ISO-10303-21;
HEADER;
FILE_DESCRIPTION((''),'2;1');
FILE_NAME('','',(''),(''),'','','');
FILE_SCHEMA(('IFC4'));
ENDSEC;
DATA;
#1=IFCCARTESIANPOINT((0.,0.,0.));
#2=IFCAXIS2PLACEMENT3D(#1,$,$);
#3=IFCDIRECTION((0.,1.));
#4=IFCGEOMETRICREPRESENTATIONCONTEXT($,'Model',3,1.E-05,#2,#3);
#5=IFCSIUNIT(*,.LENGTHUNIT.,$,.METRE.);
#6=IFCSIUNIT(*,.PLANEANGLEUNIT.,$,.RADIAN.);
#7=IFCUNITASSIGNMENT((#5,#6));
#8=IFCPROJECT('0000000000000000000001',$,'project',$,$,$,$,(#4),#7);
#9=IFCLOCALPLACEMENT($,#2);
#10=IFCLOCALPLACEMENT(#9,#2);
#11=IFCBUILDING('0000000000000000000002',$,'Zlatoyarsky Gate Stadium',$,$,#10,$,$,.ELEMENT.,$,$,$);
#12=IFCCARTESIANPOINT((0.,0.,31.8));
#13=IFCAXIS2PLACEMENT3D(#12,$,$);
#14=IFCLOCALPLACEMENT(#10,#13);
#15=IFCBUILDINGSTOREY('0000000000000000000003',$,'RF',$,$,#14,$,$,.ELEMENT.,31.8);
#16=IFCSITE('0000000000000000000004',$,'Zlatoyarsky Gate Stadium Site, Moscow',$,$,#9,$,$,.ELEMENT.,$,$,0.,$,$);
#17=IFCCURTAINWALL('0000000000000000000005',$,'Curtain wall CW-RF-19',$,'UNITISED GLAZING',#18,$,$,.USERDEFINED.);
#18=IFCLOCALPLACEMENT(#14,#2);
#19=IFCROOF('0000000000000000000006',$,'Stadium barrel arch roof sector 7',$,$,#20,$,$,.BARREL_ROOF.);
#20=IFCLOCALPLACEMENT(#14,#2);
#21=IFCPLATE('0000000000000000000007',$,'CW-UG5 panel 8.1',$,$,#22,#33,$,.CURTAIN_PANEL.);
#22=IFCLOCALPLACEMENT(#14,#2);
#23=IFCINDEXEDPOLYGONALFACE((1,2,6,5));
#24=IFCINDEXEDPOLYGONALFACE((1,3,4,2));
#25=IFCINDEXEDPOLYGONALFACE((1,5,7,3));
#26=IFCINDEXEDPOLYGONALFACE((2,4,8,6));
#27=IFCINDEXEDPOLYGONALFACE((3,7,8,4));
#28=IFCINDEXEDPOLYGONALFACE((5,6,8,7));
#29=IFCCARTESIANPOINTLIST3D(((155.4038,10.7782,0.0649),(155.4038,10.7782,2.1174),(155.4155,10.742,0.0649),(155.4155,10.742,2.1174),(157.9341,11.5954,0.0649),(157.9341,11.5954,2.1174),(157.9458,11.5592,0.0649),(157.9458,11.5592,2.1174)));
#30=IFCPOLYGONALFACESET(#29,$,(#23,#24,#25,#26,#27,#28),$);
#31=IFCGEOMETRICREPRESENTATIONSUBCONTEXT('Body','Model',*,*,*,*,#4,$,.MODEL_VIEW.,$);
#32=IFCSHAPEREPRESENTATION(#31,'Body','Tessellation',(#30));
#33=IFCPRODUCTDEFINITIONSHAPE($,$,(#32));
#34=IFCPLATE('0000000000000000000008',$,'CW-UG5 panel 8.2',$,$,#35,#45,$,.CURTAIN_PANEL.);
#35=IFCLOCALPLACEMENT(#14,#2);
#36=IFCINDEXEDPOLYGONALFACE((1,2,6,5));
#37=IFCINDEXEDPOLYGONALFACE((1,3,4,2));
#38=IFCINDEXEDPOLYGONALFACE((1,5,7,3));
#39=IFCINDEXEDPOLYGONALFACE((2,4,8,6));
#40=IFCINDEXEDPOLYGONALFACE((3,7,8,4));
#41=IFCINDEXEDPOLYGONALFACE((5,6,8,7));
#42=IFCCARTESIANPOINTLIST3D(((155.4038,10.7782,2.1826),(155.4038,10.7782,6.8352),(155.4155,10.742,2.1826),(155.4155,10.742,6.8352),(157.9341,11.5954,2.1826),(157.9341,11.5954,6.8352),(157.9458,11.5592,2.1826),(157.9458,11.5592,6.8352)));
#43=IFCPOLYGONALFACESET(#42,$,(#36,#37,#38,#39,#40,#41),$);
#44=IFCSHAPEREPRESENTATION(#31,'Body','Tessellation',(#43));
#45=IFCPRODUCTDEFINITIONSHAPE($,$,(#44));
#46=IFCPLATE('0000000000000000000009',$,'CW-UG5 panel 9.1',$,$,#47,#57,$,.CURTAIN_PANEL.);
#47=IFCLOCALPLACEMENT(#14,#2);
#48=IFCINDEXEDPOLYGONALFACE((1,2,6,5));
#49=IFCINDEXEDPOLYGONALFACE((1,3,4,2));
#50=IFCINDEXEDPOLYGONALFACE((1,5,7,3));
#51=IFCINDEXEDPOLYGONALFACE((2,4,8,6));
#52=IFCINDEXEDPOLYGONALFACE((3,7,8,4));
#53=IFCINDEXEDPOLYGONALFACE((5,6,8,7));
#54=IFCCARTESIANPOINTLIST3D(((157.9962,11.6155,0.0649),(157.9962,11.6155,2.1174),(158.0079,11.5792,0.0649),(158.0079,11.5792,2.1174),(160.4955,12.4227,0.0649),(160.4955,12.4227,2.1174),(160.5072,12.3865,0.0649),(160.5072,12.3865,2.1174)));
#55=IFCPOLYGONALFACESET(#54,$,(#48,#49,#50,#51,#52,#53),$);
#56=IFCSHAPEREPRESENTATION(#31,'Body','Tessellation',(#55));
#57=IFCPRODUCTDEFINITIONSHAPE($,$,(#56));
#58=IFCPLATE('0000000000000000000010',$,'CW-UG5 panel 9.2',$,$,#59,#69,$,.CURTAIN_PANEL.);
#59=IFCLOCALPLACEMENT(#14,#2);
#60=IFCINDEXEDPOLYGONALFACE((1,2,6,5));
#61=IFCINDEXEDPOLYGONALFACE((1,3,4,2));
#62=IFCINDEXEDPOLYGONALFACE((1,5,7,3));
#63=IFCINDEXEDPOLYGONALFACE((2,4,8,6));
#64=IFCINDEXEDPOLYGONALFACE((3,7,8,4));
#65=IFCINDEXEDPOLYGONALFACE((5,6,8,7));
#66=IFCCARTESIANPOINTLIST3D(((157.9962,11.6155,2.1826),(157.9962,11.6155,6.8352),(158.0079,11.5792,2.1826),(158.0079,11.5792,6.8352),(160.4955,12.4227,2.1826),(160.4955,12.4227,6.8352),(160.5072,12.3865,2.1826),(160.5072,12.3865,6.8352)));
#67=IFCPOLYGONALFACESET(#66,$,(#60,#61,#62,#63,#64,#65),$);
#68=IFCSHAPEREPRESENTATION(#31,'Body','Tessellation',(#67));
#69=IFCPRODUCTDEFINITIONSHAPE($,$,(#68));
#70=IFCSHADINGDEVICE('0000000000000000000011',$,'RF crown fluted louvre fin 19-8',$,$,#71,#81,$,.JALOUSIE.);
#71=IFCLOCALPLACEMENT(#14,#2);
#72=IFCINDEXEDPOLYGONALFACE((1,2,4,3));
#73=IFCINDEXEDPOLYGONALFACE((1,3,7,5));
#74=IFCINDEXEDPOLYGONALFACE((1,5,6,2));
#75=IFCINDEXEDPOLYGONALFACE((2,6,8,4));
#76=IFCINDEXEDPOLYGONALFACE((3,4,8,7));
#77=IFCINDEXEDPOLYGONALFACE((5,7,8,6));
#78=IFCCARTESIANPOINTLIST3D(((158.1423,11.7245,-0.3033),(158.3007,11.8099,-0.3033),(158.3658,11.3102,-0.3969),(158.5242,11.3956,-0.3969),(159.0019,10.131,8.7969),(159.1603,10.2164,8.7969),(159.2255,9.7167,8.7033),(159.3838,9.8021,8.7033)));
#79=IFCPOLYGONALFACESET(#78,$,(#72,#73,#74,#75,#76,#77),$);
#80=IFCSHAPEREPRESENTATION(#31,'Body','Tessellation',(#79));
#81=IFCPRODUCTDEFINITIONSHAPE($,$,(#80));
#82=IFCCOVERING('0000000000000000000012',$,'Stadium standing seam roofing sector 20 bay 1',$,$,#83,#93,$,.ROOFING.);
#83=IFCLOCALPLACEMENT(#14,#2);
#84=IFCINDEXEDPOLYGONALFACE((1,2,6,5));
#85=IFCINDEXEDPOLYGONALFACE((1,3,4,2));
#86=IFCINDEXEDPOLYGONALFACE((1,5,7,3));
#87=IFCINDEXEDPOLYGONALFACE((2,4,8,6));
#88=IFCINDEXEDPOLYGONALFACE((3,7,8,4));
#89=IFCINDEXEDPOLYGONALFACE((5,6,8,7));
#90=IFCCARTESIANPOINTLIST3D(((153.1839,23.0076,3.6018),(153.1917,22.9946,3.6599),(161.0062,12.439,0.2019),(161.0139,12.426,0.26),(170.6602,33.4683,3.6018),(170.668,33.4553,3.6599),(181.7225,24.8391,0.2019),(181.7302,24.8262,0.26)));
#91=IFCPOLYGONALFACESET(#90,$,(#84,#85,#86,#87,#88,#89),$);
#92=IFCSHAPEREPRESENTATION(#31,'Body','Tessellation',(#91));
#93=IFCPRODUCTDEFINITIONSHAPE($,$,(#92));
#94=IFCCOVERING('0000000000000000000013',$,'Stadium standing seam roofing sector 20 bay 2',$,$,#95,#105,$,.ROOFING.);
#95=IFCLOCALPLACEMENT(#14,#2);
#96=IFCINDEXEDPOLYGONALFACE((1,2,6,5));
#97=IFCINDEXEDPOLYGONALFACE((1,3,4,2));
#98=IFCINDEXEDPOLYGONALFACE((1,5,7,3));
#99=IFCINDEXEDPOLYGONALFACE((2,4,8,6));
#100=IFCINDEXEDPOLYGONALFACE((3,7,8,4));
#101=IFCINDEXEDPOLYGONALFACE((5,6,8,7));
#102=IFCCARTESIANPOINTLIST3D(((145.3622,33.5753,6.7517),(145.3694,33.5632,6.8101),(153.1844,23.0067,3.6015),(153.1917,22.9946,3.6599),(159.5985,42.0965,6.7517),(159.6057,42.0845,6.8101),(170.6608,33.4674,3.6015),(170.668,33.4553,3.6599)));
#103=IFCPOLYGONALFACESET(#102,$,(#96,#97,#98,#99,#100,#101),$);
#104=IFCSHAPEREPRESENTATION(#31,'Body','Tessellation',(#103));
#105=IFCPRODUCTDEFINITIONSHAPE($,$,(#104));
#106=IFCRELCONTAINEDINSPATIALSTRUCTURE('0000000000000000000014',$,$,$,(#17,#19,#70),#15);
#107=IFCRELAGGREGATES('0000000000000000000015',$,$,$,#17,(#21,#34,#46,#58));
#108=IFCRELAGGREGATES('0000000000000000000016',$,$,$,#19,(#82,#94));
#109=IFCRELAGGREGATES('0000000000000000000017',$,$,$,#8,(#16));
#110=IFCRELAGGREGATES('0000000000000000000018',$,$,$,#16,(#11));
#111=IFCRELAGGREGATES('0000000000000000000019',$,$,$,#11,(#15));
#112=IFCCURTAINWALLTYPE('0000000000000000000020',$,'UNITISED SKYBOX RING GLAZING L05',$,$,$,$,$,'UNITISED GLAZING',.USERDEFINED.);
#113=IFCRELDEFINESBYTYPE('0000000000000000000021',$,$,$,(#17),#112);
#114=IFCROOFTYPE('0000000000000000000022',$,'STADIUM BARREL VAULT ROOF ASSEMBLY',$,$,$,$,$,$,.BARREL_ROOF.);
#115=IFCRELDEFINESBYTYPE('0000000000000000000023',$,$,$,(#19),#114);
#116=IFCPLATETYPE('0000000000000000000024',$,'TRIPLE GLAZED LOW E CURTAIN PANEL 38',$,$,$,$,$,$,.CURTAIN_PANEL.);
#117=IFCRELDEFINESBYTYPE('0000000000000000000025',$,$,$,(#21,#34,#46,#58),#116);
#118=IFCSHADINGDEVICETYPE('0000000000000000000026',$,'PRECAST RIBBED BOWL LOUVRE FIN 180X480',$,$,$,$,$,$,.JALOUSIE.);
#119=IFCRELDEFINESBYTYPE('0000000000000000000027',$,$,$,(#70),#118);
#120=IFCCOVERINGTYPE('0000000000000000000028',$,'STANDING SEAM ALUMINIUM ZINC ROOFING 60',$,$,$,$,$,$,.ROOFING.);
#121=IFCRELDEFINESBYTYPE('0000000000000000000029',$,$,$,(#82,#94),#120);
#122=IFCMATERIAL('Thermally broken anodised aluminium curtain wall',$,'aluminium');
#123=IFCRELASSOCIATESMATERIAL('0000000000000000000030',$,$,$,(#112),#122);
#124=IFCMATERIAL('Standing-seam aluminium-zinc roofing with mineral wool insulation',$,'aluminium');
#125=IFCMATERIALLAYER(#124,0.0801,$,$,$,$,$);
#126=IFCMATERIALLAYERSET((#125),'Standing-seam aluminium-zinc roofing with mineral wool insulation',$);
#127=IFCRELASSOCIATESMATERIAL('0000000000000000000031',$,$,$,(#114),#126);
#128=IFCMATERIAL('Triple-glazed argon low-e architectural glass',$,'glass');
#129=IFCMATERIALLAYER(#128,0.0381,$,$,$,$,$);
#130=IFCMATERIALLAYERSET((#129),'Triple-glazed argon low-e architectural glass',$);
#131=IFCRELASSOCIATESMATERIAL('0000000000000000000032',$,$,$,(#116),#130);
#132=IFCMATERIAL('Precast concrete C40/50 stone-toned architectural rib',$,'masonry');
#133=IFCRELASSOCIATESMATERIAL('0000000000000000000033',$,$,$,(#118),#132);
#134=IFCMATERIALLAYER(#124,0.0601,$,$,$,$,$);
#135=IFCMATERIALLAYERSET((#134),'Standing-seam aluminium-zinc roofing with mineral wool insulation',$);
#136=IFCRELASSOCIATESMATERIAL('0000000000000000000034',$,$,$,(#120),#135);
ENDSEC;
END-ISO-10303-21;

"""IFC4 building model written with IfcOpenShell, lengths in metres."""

from ifc_helpers import new_model, si_unit, direction, frame, origin, origin_2d, place, context, subcontext, project, spatial, polyline, rectangle, outline, extrude, material, layer, layer_set, material_profile, profile_set, type_object, element, aggregate, save


model = new_model("IFC4")

# Units and contexts
model_context = context("Model", 3, precision=1e-05, world=origin(), true_north=direction((0.0, 1.0)))
body_context = subcontext(model_context, "Body", "Model", "MODEL_VIEW")
ifc_project = project(units=[si_unit("LENGTHUNIT", "METRE"), si_unit("PLANEANGLEUNIT", "RADIAN")], contexts=[model_context])

# Site, building, storey
site_placement = place(None, origin())
site = spatial("IfcSite", under=ifc_project, at=site_placement, Name="Zlatoyarsky Gate Stadium Site, Moscow", CompositionType="ELEMENT", RefElevation=0.0)
building_placement = place(site_placement, origin())
building = spatial("IfcBuilding", under=site, at=building_placement, Name="Zlatoyarsky Gate Stadium", CompositionType="ELEMENT")
storey_placement = place(building_placement, frame((0.0, 0.0, 31.8)))
storey = spatial("IfcBuildingStorey", under=building, at=storey_placement, Name="RF", CompositionType="ELEMENT", Elevation=31.8)

# Curtain wall
ifc_material_1 = material(Name="Thermally broken anodised aluminium curtain wall", Category="aluminium")
curtain_wall_type = type_object("IfcCurtainWallType", Name="UNITISED SKYBOX RING GLAZING L05", ElementType="UNITISED GLAZING", PredefinedType="USERDEFINED", material=ifc_material_1)
curtain_wall_placement = place(storey_placement, origin())
curtain_wall = element("IfcCurtainWall", 1, at=curtain_wall_placement, inside=storey, type_object=curtain_wall_type, Name="Curtain wall CW-RF-19", ObjectType="UNITISED GLAZING", PredefinedType="USERDEFINED")

# Roof
ifc_material_2 = material(Name="Standing-seam aluminium-zinc roofing with mineral wool insulation", Category="aluminium")
ifc_layer_1 = layer(ifc_material_2, 0.0801)
ifc_layer_set_1 = layer_set([ifc_layer_1], Name="Standing-seam aluminium-zinc roofing with mineral wool insulation")
roof_type = type_object("IfcRoofType", Name="STADIUM BARREL VAULT ROOF ASSEMBLY", PredefinedType="BARREL_ROOF", material=ifc_layer_set_1)
roof_placement = place(storey_placement, origin())
roof = element("IfcRoof", 2, at=roof_placement, inside=storey, type_object=roof_type, Name="Stadium barrel arch roof sector 7", PredefinedType="BARREL_ROOF")

# Plates
ifc_material_3 = material(Name="Triple-glazed argon low-e architectural glass", Category="glass")
ifc_layer_2 = layer(ifc_material_3, 0.0381)
ifc_layer_set_2 = layer_set([ifc_layer_2], Name="Triple-glazed argon low-e architectural glass")
plate_type_1 = type_object("IfcPlateType", Name="TRIPLE GLAZED LOW E CURTAIN PANEL 38", PredefinedType="CURTAIN_PANEL", material=ifc_layer_set_2)
plate_1_placement = place(storey_placement, frame((156.6748, 11.1687, 0.0649), z_axis=(0.0, 0.0, 1.0), x_axis=(0.951596, 0.307352, 0.0)))
plate_1 = element("IfcPlate", 3, at=plate_1_placement, type_object=plate_type_1, Name="CW-UG5 panel 8.1", PredefinedType="CURTAIN_PANEL", context=body_context, shape_type="SweptSolid", body=[
    extrude(rectangle(XDim=2.6589, YDim=0.0381, at=origin_2d()), origin(), (0.0, 0.0, 1.0), 2.0525),
])
plate_2_placement = place(storey_placement, frame((156.6748, 11.1687, 2.1826), z_axis=(0.0, 0.0, 1.0), x_axis=(0.951596, 0.307352, 0.0)))
plate_2 = element("IfcPlate", 4, at=plate_2_placement, type_object=plate_type_1, Name="CW-UG5 panel 8.2", PredefinedType="CURTAIN_PANEL", context=body_context, shape_type="SweptSolid", body=[
    extrude(rectangle(XDim=2.6589, YDim=0.0381, at=origin_2d()), origin(), (0.0, 0.0, 1.0), 4.6526),
])
plate_3_placement = place(storey_placement, frame((159.2517, 12.001, 0.0649), z_axis=(0.0, 0.0, 1.0), x_axis=(0.951596, 0.307352, 0.0)))
plate_3 = element("IfcPlate", 5, at=plate_3_placement, type_object=plate_type_1, Name="CW-UG5 panel 9.1", PredefinedType="CURTAIN_PANEL", context=body_context, shape_type="SweptSolid", body=[
    extrude(rectangle(XDim=2.6265, YDim=0.0381, at=origin_2d()), origin(), (0.0, 0.0, 1.0), 2.0525),
])
plate_4_placement = place(storey_placement, frame((159.2517, 12.001, 2.1826), z_axis=(0.0, 0.0, 1.0), x_axis=(0.951596, 0.307352, 0.0)))
plate_4 = element("IfcPlate", 6, at=plate_4_placement, type_object=plate_type_1, Name="CW-UG5 panel 9.2", PredefinedType="CURTAIN_PANEL", context=body_context, shape_type="SweptSolid", body=[
    extrude(rectangle(XDim=2.6265, YDim=0.0381, at=origin_2d()), origin(), (0.0, 0.0, 1.0), 4.6526),
])
aggregate(curtain_wall, [plate_1, plate_2, plate_3, plate_4])

# Shading device
ifc_material_4 = material(Name="Precast concrete C40/50 stone-toned architectural rib", Category="masonry")
ifc_material_profile_1 = material_profile(ifc_material_4, rectangle(XDim=0.1799, YDim=0.48, at=origin_2d()), Name="RIB 180X480")
ifc_profile_set_1 = profile_set([ifc_material_profile_1], Name="Precast concrete C40/50 stone-toned architectural rib")
shading_device_type = type_object("IfcShadingDeviceType", Name="PRECAST RIBBED BOWL LOUVRE FIN 180X480", PredefinedType="JALOUSIE", material=ifc_profile_set_1)
shading_device_placement = place(storey_placement, frame((158.3333, 11.5601, -0.3501), z_axis=(0.092647, -0.171742, 0.980776), x_axis=(0.880107, 0.474775, 0.0)))
element("IfcShadingDevice", 7, at=shading_device_placement, inside=storey, type_object=shading_device_type, Name="RF crown fluted louvre fin 19-8", PredefinedType="JALOUSIE", context=body_context, shape_type="SweptSolid", body=[
    extrude(rectangle(XDim=0.1799, YDim=0.48, at=origin_2d()), origin(), (0.0, 0.0, 1.0), 9.2786),
])

# Coverings
ifc_layer_3 = layer(ifc_material_2, 0.0601)
ifc_layer_set_3 = layer_set([ifc_layer_3], Name="Standing-seam aluminium-zinc roofing with mineral wool insulation")
covering_type = type_object("IfcCoveringType", Name="STANDING SEAM ALUMINIUM ZINC ROOFING 60", PredefinedType="ROOFING", material=ifc_layer_set_3)
covering_1_placement = place(storey_placement, frame((161.0139, 12.426, 0.26), z_axis=(0.129153, -0.21577, 0.967865), x_axis=(0.858034, 0.513593, 0.0)))
covering_1 = element("IfcCovering", 8, at=covering_1_placement, type_object=covering_type, Name="Stadium standing seam roofing sector 20 bay 1", PredefinedType="ROOFING", context=body_context, shape_type="SweptSolid", body=[
    extrude(outline(polyline([(0.0, 0.0), (24.1439, 0.0), (19.084, 13.5201), (-1.2838, 13.5201), (0.0, 0.0)])), origin(), (0.0, 0.0, -1.0), 0.0601),
])
covering_2_placement = place(storey_placement, frame((153.1917, 22.9946, 3.6599), z_axis=(0.120204, -0.200821, 0.972225), x_axis=(0.858036, 0.513589, 0.000001)))
covering_2 = element("IfcCovering", 9, at=covering_2_placement, type_object=covering_type, Name="Stadium standing seam roofing sector 20 bay 2", PredefinedType="ROOFING", context=body_context, shape_type="SweptSolid", body=[
    extrude(outline(polyline([(0.0, 0.0), (20.3678, 0.0), (15.3078, 13.4594), (-1.2839, 13.4595), (0.0, 0.0)])), origin(), (0.0, 0.0, -1.0), 0.0601),
])
aggregate(roof, [covering_1, covering_2])

save(model, "model.ifc")
